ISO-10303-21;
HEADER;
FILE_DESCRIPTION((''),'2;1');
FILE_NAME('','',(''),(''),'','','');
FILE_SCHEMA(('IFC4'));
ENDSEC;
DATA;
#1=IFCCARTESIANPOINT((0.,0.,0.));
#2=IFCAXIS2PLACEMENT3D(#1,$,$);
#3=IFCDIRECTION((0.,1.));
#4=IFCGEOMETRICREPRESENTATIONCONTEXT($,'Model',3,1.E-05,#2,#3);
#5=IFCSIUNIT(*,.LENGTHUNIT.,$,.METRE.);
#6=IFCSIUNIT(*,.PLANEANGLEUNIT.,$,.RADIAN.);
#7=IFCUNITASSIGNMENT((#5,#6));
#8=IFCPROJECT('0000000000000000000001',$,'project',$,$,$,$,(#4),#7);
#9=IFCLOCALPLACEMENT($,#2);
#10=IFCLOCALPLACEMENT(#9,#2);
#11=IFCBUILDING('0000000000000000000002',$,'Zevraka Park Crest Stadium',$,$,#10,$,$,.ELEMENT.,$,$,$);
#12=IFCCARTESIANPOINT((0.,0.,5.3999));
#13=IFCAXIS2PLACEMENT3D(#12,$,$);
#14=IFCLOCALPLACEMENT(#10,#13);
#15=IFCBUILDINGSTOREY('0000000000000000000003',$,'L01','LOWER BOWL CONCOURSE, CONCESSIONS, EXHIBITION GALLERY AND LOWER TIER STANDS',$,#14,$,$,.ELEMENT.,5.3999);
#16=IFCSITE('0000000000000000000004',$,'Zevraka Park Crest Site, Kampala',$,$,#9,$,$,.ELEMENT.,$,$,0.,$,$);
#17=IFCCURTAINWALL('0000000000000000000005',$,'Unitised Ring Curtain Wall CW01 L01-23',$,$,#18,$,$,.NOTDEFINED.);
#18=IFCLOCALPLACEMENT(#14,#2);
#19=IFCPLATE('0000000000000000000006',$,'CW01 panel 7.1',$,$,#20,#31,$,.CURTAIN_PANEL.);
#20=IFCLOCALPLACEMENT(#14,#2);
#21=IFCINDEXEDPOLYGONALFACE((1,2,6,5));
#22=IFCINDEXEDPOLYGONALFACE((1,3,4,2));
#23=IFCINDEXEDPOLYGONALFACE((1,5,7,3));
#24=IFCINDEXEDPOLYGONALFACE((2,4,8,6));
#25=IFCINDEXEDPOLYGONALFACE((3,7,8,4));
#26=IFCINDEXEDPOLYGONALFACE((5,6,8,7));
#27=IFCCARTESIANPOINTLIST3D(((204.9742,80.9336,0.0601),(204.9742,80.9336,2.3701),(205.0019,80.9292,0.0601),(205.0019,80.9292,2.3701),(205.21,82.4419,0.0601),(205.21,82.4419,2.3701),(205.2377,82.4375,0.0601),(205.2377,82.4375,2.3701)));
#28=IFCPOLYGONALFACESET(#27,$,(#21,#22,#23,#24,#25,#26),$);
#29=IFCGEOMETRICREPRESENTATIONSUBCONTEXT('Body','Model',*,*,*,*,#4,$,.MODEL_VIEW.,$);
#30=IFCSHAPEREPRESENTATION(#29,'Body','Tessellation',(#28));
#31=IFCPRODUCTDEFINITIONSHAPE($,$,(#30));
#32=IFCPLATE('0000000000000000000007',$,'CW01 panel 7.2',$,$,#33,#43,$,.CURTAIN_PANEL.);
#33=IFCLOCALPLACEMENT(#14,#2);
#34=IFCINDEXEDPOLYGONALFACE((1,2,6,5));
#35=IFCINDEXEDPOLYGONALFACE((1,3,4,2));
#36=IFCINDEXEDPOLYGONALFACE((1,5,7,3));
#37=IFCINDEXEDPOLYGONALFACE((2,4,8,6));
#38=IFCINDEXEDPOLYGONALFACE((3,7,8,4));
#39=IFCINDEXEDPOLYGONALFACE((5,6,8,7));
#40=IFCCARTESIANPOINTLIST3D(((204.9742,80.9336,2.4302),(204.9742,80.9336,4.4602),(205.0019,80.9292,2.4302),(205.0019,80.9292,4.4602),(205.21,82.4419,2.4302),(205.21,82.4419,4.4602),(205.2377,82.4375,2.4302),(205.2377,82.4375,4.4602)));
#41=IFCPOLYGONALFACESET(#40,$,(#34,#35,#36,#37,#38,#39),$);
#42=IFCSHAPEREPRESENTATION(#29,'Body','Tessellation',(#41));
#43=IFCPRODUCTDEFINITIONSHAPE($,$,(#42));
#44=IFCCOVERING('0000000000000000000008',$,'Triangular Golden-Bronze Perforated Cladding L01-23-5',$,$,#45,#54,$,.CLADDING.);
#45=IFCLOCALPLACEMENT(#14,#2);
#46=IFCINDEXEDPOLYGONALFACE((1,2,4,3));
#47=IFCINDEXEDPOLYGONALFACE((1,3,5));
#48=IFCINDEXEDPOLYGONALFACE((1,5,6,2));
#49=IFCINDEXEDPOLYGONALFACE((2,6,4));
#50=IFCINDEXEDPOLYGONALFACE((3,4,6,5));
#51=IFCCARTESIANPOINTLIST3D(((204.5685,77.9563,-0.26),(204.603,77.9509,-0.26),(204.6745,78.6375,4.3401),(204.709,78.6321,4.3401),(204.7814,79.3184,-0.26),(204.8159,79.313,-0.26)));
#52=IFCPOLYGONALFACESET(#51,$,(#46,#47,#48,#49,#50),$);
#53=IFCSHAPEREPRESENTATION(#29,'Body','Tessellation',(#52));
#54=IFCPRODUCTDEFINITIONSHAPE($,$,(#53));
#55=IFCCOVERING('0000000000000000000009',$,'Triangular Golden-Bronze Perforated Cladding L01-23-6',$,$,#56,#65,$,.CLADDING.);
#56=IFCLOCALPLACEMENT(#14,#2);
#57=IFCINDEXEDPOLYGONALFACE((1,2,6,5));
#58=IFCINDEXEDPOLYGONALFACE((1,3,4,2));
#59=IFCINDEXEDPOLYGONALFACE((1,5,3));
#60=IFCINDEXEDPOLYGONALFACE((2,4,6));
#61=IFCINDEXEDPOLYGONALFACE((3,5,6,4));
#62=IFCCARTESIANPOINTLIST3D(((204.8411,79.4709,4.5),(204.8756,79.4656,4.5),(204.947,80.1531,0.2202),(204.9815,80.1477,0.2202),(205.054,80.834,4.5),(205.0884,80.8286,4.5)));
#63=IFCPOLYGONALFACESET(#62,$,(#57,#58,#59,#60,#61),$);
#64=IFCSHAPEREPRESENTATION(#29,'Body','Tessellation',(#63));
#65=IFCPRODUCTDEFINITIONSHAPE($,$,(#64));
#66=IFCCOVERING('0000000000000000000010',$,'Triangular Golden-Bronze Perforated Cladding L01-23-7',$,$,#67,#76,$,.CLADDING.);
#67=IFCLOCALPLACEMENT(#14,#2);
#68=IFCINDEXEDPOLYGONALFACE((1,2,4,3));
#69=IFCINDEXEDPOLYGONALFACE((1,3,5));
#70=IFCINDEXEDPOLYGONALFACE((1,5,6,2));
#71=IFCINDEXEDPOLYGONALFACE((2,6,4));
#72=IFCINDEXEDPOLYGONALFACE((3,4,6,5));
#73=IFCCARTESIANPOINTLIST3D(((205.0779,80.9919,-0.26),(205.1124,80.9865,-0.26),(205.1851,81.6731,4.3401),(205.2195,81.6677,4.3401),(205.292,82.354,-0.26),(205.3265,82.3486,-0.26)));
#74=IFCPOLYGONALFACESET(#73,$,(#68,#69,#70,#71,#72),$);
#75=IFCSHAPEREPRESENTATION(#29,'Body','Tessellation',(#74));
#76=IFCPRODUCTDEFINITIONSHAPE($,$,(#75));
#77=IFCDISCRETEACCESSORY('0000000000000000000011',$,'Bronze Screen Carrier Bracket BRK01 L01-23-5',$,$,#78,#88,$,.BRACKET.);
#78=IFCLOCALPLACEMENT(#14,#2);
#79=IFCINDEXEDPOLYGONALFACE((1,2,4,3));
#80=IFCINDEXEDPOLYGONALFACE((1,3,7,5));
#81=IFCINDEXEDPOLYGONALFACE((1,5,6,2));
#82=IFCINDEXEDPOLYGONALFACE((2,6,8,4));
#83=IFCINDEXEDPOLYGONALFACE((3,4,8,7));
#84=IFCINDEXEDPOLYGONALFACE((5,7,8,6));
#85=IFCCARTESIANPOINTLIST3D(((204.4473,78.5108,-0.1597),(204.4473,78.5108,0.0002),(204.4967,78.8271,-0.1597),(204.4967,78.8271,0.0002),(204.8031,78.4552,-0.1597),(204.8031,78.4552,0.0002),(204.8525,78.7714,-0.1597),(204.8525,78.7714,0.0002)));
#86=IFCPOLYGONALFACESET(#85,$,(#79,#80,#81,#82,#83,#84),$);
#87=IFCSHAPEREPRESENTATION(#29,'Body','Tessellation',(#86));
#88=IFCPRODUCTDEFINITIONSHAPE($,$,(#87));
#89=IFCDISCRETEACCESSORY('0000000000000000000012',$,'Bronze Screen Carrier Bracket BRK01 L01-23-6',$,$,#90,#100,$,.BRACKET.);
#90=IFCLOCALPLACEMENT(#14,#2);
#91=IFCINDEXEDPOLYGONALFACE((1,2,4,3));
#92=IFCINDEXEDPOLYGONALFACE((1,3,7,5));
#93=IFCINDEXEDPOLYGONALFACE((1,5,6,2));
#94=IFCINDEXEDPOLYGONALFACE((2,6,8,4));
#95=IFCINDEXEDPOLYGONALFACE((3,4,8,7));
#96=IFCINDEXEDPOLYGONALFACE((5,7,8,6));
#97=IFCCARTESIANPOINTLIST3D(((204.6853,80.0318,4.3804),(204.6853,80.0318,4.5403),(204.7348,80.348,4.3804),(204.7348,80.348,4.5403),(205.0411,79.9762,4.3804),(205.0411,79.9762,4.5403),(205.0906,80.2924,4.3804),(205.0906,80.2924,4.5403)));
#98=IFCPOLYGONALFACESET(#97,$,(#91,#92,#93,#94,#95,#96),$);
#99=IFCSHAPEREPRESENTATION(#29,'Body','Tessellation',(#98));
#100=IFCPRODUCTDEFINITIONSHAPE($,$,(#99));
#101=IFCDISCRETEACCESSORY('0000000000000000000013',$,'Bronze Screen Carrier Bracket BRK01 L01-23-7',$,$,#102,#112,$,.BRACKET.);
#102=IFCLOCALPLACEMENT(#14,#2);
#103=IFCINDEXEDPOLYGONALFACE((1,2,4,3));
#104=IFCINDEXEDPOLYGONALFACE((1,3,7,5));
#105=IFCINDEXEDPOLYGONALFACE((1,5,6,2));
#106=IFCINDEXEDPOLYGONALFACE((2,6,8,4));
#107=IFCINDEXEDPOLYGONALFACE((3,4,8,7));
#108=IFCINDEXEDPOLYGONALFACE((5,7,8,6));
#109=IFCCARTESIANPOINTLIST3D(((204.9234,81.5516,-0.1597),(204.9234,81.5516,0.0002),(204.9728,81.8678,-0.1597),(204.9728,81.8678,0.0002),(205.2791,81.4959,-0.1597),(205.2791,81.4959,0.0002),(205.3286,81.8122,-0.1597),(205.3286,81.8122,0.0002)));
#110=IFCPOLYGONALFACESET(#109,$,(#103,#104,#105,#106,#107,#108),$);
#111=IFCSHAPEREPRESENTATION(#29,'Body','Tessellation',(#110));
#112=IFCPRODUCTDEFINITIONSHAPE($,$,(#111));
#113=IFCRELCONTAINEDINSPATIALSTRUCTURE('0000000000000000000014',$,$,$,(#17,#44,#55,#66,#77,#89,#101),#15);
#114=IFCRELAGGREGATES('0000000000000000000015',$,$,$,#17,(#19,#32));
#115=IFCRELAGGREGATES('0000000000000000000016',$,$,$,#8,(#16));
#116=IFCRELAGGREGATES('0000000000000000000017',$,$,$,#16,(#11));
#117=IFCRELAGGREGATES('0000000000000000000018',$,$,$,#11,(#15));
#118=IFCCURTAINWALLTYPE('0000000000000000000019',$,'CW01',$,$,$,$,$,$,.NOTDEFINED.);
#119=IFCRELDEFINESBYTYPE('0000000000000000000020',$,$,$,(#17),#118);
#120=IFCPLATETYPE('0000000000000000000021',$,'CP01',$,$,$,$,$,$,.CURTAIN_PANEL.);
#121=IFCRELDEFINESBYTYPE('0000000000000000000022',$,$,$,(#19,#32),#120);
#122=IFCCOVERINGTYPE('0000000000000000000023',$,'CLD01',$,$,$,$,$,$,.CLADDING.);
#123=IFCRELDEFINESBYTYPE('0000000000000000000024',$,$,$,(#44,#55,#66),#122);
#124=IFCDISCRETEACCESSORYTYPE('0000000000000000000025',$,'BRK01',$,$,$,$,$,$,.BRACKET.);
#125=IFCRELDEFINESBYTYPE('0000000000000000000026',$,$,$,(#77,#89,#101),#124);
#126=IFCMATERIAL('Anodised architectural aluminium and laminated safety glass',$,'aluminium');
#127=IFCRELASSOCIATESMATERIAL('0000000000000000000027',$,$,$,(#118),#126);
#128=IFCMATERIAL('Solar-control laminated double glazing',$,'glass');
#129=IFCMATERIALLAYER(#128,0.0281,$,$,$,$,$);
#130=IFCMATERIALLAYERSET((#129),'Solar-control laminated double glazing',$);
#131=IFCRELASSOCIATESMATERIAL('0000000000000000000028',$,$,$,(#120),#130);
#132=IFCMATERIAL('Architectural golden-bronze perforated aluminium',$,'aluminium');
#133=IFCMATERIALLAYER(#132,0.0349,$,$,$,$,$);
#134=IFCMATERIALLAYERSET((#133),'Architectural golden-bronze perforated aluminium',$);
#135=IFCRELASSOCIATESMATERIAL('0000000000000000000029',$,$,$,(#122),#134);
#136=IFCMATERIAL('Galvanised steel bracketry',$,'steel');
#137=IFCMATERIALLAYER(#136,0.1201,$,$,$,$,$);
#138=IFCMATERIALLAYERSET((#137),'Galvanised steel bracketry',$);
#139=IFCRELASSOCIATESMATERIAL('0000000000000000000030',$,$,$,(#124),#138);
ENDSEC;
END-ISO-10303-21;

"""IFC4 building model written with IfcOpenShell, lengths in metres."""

from ifc_helpers import new_model, si_unit, direction, frame, origin, origin_2d, place, context, subcontext, project, spatial, polyline, rectangle, outline, extrude, material, layer, layer_set, type_object, element, aggregate, save


model = new_model("IFC4")

# Units and contexts
model_context = context("Model", 3, precision=1e-05, world=origin(), true_north=direction((0.0, 1.0)))
body_context = subcontext(model_context, "Body", "Model", "MODEL_VIEW")
ifc_project = project(units=[si_unit("LENGTHUNIT", "METRE"), si_unit("PLANEANGLEUNIT", "RADIAN")], contexts=[model_context])

# Site, building, storey
site_placement = place(None, origin())
site = spatial("IfcSite", under=ifc_project, at=site_placement, Name="Zevraka Park Crest Site, Kampala", CompositionType="ELEMENT", RefElevation=0.0)
building_placement = place(site_placement, origin())
building = spatial("IfcBuilding", under=site, at=building_placement, Name="Zevraka Park Crest Stadium", CompositionType="ELEMENT")
storey_placement = place(building_placement, frame((0.0, 0.0, 5.3999)))
storey = spatial("IfcBuildingStorey", under=building, at=storey_placement, Name="L01", Description="LOWER BOWL CONCOURSE, CONCESSIONS, EXHIBITION GALLERY AND LOWER TIER STANDS", CompositionType="ELEMENT", Elevation=5.3999)

# Curtain wall, plates
ifc_material_1 = material(Name="Anodised architectural aluminium and laminated safety glass", Category="aluminium")
curtain_wall_type = type_object("IfcCurtainWallType", Name="CW01", PredefinedType="NOTDEFINED", material=ifc_material_1)
curtain_wall_placement = place(storey_placement, origin())
curtain_wall = element("IfcCurtainWall", 1, at=curtain_wall_placement, inside=storey, type_object=curtain_wall_type, Name="Unitised Ring Curtain Wall CW01 L01-23", PredefinedType="NOTDEFINED")
ifc_material_2 = material(Name="Solar-control laminated double glazing", Category="glass")
ifc_layer_1 = layer(ifc_material_2, 0.0281)
ifc_layer_set_1 = layer_set([ifc_layer_1], Name="Solar-control laminated double glazing")
plate_type = type_object("IfcPlateType", Name="CP01", PredefinedType="CURTAIN_PANEL", material=ifc_layer_set_1)
plate_1_placement = place(storey_placement, frame((205.106, 81.6855, 0.0601), z_axis=(0.0, 0.0, 1.0), x_axis=(0.154476, 0.987997, 0.0)))
plate_1 = element("IfcPlate", 2, at=plate_1_placement, type_object=plate_type, Name="CW01 panel 7.1", PredefinedType="CURTAIN_PANEL", context=body_context, shape_type="SweptSolid", body=[
    extrude(rectangle(XDim=1.5266, YDim=0.0281, at=origin_2d()), origin(), (0.0, 0.0, 1.0), 2.3101),
])
plate_2_placement = place(storey_placement, frame((205.106, 81.6855, 2.4302), z_axis=(0.0, 0.0, 1.0), x_axis=(0.154476, 0.987997, 0.0)))
plate_2 = element("IfcPlate", 3, at=plate_2_placement, type_object=plate_type, Name="CW01 panel 7.2", PredefinedType="CURTAIN_PANEL", context=body_context, shape_type="SweptSolid", body=[
    extrude(rectangle(XDim=1.5266, YDim=0.0281, at=origin_2d()), origin(), (0.0, 0.0, 1.0), 2.03),
])
aggregate(curtain_wall, [plate_1, plate_2])

# Coverings
ifc_material_3 = material(Name="Architectural golden-bronze perforated aluminium", Category="aluminium")
ifc_layer_2 = layer(ifc_material_3, 0.0349)
ifc_layer_set_2 = layer_set([ifc_layer_2], Name="Architectural golden-bronze perforated aluminium")
covering_type = type_object("IfcCoveringType", Name="CLD01", PredefinedType="CLADDING", material=ifc_layer_set_2)
covering_1_placement = place(storey_placement, frame((204.603, 77.9509, -0.26), z_axis=(0.988004, -0.154425, 0.000109), x_axis=(0.154426, 0.988004, 0.0)))
element("IfcCovering", 4, at=covering_1_placement, inside=storey, type_object=covering_type, Name="Triangular Golden-Bronze Perforated Cladding L01-23-5", PredefinedType="CLADDING", context=body_context, shape_type="SweptSolid", body=[
    extrude(outline(polyline([(0.0, 0.0), (1.3786, 0.0), (0.6893, 4.6001), (0.0, 0.0)])), origin(), (0.0, 0.0, -1.0), 0.0349),
])
covering_2_placement = place(storey_placement, frame((205.054, 80.834, 4.5), z_axis=(-0.988021, 0.154317, 0.000135), x_axis=(-0.154317, -0.988021, 0.0)))
element("IfcCovering", 5, at=covering_2_placement, inside=storey, type_object=covering_type, Name="Triangular Golden-Bronze Perforated Cladding L01-23-6", PredefinedType="CLADDING", context=body_context, shape_type="SweptSolid", body=[
    extrude(outline(polyline([(0.0, 0.0), (1.3796, 0.0), (0.6893, -4.2798), (0.0, 0.0)])), origin(), (0.0, 0.0, -1.0), 0.0349),
])
covering_3_placement = place(storey_placement, frame((205.0779, 80.9919, -0.26), z_axis=(-0.987869, 0.15529, 0.000022), x_axis=(0.15529, 0.987869, 0.0)))
element("IfcCovering", 6, at=covering_3_placement, inside=storey, type_object=covering_type, Name="Triangular Golden-Bronze Perforated Cladding L01-23-7", PredefinedType="CLADDING", context=body_context, shape_type="SweptSolid", body=[
    extrude(outline(polyline([(0.0, 0.0), (1.3788, 0.0), (0.6895, -4.6001), (0.0, 0.0)])), origin(), (0.0, 0.0, -1.0), 0.0349),
])

# Discrete accessories
ifc_material_4 = material(Name="Galvanised steel bracketry", Category="steel")
ifc_layer_3 = layer(ifc_material_4, 0.1201)
ifc_layer_set_3 = layer_set([ifc_layer_3], Name="Galvanised steel bracketry")
discrete_accessory_type = type_object("IfcDiscreteAccessoryType", Name="BRK01", PredefinedType="BRACKET", material=ifc_layer_set_3)
for number, where, z_axis, x_axis, name in (
    (7, (204.6499, 78.6411, -0.1597), (0.0, 0.0, 1.0), (0.154538, 0.987987, 0.0), "Bronze Screen Carrier Bracket BRK01 L01-23-5"),
    (8, (204.8879, 80.1621, 4.3804), (0.0, 0.0, 1.0), (0.154538, 0.987987, 0.0), "Bronze Screen Carrier Bracket BRK01 L01-23-6"),
    (9, (205.126, 81.6819, -0.1597), (0.0, 0.0, 1.0), (0.154538, 0.987987, 0.0), "Bronze Screen Carrier Bracket BRK01 L01-23-7"),
):
    element("IfcDiscreteAccessory", number, at=place(storey_placement, frame(where, z_axis=z_axis, x_axis=x_axis)), inside=storey, type_object=discrete_accessory_type, Name=name, PredefinedType="BRACKET", context=body_context, shape_type="SweptSolid", body=[
        extrude(rectangle(XDim=0.3201, YDim=0.3601, at=origin_2d()), origin(), (0.0, 0.0, 1.0), 0.1599),
    ])

save(model, "model.ifc")
